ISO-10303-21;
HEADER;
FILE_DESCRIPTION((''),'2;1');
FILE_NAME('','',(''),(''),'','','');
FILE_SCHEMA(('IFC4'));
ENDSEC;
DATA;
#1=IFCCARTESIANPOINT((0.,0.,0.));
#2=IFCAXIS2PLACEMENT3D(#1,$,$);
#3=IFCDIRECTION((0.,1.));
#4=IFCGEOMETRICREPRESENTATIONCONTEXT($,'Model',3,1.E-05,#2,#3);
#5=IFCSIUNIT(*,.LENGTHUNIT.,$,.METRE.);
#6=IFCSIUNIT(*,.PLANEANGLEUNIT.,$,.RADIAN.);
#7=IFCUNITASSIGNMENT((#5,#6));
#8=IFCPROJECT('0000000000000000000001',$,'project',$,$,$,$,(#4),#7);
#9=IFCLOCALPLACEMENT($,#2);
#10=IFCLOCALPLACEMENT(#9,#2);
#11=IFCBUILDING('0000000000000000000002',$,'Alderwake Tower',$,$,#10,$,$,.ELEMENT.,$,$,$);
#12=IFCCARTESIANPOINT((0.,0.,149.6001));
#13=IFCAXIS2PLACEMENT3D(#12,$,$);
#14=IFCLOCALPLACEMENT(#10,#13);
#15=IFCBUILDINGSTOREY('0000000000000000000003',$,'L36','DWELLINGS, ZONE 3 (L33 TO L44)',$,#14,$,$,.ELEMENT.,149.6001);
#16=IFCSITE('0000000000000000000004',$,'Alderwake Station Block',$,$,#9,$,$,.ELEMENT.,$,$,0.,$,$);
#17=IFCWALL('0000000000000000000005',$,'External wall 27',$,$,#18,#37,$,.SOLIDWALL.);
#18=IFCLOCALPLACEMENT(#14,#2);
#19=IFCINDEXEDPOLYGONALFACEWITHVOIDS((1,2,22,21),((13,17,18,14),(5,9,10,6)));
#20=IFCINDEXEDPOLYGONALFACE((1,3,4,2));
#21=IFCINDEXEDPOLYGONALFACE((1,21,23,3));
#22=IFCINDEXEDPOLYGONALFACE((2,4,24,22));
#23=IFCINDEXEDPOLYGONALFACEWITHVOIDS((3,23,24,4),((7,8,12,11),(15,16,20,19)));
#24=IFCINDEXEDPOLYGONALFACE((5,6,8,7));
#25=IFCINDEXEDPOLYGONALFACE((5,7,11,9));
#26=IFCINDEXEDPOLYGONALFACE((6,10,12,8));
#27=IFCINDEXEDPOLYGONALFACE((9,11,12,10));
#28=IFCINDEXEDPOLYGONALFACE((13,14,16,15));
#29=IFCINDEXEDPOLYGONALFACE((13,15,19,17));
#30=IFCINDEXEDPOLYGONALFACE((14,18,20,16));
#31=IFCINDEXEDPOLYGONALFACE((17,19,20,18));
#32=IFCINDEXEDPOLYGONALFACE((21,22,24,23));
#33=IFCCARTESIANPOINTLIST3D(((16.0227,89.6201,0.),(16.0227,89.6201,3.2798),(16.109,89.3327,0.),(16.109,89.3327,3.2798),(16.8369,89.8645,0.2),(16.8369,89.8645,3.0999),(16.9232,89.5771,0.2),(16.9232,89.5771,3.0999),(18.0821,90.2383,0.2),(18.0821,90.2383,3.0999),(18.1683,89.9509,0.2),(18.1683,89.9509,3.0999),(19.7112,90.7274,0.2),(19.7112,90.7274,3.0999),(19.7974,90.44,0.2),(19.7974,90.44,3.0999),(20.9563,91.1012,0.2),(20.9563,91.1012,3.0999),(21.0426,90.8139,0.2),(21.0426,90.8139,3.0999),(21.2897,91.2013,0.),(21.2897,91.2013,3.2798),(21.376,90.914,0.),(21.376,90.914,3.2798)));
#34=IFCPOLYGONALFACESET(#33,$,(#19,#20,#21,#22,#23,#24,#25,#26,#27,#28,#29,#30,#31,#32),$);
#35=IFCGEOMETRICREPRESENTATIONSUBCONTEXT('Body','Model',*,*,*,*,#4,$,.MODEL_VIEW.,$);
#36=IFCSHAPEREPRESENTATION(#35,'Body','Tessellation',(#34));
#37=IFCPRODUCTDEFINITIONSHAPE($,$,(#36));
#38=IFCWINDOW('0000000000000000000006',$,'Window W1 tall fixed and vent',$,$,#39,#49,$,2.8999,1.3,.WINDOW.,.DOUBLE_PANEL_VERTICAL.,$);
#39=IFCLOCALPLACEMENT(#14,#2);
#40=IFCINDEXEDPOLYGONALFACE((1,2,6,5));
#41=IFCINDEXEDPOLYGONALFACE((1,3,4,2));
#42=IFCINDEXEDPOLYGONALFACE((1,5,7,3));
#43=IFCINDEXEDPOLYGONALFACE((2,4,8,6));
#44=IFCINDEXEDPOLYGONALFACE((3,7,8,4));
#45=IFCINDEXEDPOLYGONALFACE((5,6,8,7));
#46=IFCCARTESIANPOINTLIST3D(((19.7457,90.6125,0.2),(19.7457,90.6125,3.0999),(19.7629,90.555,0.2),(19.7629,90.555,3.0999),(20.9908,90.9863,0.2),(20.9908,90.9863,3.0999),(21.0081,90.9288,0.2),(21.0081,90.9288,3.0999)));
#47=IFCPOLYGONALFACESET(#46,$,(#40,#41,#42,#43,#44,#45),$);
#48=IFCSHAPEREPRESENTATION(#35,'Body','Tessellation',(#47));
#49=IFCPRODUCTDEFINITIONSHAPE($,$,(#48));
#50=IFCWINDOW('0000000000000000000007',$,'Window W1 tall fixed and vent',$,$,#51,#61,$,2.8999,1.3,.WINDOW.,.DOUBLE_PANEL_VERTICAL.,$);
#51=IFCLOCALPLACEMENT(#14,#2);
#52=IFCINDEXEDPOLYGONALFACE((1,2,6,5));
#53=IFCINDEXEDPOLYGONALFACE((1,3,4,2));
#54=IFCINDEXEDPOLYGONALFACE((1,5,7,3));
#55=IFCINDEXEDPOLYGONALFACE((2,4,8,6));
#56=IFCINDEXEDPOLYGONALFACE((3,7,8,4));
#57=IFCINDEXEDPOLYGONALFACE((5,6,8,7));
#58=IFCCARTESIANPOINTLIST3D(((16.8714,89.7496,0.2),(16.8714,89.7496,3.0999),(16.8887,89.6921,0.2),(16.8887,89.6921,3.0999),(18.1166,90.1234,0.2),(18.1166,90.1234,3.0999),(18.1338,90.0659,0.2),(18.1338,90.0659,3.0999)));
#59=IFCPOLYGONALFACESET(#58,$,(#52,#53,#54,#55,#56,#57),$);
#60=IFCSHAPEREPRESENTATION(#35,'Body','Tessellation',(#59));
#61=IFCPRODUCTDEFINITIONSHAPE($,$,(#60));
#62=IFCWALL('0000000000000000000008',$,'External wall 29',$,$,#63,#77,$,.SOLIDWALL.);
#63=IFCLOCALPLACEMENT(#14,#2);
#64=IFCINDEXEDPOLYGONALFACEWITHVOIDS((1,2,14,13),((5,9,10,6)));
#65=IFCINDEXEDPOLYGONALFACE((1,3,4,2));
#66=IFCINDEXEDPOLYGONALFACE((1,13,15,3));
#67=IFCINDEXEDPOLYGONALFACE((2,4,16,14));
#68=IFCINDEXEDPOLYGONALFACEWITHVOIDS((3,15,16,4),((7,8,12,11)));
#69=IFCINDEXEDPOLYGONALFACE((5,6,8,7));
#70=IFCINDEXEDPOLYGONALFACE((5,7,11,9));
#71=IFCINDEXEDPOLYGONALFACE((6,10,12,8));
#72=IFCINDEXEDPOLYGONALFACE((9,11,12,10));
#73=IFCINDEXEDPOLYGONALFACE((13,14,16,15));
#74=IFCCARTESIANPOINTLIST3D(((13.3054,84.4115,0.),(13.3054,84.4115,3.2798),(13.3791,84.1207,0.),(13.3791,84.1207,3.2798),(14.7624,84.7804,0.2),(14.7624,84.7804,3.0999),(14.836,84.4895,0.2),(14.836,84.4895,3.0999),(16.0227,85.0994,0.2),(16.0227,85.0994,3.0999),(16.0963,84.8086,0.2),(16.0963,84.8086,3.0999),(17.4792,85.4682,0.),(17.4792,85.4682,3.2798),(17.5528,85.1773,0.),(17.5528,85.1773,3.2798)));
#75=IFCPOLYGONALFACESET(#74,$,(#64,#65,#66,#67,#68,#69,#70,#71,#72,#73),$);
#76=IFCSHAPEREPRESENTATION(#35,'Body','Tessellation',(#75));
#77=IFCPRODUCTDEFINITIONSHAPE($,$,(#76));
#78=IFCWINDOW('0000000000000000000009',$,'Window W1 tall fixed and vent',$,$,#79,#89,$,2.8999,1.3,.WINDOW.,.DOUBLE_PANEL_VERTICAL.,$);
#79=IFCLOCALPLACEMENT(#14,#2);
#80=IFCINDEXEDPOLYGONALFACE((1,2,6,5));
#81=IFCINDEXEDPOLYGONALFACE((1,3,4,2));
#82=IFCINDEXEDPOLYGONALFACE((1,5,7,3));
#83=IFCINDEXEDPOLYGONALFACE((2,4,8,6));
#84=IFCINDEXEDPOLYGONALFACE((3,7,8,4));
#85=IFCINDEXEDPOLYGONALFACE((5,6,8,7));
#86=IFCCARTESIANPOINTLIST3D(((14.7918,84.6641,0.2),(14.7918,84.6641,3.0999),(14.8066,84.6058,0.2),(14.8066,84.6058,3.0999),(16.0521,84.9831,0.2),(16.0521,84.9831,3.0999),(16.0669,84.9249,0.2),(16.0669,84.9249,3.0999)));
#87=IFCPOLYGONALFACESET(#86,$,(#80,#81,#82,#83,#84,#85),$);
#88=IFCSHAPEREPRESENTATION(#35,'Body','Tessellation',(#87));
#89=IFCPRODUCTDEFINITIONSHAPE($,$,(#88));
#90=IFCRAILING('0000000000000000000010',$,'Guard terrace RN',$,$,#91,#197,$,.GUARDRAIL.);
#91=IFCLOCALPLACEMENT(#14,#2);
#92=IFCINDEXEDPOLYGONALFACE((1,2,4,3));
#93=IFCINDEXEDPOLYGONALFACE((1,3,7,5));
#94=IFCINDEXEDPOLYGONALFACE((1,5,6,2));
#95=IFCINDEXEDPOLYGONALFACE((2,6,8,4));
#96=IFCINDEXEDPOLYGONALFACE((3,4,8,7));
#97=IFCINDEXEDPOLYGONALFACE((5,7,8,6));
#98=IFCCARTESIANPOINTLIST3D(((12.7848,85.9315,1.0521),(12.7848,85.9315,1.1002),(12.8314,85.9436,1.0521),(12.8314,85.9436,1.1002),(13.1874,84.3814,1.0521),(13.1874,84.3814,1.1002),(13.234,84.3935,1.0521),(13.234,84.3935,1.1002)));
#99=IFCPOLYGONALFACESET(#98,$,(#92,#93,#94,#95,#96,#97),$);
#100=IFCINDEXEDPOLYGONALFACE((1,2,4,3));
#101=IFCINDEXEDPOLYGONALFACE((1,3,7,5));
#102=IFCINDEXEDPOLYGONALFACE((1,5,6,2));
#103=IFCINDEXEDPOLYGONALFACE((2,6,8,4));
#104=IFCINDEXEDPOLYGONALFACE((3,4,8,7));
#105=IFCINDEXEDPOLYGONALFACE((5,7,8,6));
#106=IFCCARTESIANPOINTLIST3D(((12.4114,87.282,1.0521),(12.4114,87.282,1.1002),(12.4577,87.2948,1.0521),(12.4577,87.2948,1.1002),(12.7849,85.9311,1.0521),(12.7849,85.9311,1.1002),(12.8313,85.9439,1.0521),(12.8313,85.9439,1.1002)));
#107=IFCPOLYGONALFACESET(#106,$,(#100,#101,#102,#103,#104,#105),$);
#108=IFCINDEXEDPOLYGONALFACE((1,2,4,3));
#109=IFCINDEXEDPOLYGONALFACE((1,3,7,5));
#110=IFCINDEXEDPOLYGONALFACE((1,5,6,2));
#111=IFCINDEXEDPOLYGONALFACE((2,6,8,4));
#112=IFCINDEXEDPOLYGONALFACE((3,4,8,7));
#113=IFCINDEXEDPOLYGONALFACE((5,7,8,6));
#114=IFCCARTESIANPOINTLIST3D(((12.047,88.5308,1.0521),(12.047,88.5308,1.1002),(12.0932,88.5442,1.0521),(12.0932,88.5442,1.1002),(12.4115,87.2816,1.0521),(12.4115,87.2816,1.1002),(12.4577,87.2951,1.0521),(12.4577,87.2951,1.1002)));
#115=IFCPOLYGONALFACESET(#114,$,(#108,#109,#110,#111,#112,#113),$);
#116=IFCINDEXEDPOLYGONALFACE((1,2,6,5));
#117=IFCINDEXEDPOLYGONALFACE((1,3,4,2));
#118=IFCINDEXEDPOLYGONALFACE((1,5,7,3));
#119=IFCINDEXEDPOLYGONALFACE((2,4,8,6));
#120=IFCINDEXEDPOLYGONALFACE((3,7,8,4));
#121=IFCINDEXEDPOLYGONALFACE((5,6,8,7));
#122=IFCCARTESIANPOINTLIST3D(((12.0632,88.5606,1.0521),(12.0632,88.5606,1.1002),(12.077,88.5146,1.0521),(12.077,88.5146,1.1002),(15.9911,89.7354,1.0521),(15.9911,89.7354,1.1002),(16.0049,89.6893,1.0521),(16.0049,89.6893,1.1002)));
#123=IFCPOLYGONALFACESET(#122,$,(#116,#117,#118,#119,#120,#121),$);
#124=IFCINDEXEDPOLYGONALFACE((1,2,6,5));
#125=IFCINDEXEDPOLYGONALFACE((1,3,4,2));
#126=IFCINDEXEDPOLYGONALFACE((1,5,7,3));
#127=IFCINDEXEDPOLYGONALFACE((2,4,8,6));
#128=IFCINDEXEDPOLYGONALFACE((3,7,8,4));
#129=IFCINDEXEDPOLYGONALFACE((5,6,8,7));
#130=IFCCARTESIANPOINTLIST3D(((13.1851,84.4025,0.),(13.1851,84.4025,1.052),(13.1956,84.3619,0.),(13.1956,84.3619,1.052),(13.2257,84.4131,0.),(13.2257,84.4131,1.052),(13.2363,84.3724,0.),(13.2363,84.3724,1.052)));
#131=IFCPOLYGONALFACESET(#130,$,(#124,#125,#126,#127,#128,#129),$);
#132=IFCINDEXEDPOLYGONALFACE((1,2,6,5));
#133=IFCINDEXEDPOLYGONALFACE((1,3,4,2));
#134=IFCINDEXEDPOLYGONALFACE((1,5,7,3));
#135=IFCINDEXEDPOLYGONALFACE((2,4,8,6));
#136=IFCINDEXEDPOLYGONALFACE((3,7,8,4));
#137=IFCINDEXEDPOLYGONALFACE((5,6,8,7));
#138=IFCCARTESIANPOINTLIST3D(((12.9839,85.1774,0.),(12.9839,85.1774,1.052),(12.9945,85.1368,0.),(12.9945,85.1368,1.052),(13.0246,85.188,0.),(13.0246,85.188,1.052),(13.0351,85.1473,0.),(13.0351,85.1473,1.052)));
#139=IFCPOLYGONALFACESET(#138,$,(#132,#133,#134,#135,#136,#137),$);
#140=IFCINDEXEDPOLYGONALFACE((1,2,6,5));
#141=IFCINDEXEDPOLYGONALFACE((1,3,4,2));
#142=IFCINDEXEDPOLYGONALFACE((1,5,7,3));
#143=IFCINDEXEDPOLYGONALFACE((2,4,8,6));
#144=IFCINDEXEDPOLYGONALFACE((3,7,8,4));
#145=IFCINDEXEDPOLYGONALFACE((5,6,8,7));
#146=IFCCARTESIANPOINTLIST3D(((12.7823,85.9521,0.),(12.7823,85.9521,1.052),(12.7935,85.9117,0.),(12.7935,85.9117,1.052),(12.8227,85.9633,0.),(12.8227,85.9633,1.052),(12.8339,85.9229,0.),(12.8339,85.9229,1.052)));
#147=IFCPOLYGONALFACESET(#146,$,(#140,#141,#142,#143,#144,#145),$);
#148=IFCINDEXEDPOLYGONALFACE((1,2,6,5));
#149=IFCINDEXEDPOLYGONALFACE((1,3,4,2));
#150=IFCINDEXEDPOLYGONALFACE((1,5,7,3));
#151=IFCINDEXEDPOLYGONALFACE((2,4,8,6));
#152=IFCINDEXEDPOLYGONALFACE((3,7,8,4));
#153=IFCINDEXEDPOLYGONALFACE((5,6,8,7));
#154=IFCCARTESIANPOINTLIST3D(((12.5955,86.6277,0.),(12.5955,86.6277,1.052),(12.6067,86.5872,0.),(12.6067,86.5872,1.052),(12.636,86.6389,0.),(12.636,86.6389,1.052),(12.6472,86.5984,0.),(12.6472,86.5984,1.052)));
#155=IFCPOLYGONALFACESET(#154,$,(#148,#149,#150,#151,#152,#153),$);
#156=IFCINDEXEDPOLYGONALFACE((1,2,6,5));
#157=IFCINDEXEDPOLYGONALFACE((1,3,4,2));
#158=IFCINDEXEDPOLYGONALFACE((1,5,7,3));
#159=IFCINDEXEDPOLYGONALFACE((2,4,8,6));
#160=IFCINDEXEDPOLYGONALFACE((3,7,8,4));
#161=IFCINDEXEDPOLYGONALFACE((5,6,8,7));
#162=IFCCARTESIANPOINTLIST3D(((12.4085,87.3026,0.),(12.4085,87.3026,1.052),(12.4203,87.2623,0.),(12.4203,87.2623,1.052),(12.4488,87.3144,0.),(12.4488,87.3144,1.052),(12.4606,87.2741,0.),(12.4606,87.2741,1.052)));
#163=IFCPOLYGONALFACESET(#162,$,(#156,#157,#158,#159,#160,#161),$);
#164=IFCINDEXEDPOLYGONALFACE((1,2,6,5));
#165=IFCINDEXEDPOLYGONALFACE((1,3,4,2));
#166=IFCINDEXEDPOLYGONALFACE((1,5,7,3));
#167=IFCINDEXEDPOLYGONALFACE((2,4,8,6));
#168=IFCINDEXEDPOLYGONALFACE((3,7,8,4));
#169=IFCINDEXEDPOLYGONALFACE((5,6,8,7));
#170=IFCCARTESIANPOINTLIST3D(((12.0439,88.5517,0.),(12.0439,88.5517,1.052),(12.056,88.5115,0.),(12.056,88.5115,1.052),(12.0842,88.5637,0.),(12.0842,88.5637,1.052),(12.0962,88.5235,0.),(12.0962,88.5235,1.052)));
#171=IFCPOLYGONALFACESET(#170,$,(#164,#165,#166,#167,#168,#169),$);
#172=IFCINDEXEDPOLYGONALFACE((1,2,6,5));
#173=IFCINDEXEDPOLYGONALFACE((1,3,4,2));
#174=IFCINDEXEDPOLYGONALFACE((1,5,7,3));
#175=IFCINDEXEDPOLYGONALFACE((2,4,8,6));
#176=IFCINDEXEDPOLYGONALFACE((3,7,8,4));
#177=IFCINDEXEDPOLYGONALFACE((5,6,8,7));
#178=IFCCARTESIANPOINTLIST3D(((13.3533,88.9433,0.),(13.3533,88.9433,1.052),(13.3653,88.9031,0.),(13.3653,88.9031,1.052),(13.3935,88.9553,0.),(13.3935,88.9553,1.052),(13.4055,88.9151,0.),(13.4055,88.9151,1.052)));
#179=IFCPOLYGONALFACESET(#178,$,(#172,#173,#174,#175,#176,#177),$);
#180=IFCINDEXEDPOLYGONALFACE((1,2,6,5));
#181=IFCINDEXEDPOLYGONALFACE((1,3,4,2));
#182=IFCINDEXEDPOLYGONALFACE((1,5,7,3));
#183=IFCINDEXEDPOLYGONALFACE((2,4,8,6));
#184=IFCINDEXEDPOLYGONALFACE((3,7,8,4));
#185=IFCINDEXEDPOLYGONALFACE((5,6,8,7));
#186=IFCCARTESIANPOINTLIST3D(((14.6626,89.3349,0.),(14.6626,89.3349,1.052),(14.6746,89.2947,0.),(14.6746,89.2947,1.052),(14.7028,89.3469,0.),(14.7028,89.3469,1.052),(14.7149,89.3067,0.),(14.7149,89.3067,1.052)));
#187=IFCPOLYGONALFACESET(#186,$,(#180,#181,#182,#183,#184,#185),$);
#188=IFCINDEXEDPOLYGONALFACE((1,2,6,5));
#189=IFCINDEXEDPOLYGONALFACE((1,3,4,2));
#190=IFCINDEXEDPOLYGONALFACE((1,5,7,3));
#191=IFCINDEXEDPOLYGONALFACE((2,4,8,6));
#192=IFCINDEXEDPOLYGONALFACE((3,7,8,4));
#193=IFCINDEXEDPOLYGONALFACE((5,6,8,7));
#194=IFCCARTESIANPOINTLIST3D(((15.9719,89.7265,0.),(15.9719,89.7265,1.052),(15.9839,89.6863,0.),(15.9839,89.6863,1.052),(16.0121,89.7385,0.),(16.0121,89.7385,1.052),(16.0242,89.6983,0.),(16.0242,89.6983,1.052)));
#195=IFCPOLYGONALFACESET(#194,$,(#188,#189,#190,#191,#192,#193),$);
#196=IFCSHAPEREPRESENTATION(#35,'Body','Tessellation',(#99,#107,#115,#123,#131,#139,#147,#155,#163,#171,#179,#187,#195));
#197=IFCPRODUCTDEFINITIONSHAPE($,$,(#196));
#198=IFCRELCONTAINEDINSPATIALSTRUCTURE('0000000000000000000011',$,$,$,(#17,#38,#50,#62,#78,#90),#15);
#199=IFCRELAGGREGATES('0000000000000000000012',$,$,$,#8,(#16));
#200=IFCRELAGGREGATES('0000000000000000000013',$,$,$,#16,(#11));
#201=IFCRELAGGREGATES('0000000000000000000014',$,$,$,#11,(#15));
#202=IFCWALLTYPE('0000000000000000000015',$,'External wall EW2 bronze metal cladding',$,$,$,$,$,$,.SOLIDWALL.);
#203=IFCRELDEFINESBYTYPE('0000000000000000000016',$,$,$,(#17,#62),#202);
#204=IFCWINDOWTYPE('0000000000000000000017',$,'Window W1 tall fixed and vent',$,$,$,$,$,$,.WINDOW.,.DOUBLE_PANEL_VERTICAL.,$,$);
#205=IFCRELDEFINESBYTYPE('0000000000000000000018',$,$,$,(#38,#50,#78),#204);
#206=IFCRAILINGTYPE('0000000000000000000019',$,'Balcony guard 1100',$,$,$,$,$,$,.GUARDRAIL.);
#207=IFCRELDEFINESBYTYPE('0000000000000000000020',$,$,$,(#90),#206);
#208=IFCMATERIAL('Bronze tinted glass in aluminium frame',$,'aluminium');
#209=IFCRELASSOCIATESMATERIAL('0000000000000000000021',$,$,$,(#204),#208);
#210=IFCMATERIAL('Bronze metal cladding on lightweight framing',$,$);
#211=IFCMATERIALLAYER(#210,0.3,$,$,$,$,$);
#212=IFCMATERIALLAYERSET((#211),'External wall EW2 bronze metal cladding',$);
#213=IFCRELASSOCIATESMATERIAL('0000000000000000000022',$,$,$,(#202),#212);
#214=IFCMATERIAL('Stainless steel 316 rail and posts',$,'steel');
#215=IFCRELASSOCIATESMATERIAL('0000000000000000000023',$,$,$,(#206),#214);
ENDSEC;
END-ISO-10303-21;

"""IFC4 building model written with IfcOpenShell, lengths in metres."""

from ifc_helpers import new_model, si_unit, direction, frame, frame_2d, origin, origin_2d, place, context, subcontext, project, spatial, rectangle, extrude, material, layer, layer_set, type_object, element, fill, save


model = new_model("IFC4")

# Units and contexts
model_context = context("Model", 3, precision=1e-05, world=origin(), true_north=direction((0.0, 1.0)))
body_context = subcontext(model_context, "Body", "Model", "MODEL_VIEW")
ifc_project = project(units=[si_unit("LENGTHUNIT", "METRE"), si_unit("PLANEANGLEUNIT", "RADIAN")], contexts=[model_context])

# Site, building, storey
site_placement = place(None, origin())
site = spatial("IfcSite", under=ifc_project, at=site_placement, Name="Alderwake Station Block", CompositionType="ELEMENT", RefElevation=0.0)
building_placement = place(site_placement, origin())
building = spatial("IfcBuilding", under=site, at=building_placement, Name="Alderwake Tower", CompositionType="ELEMENT")
storey_placement = place(building_placement, frame((0.0, 0.0, 149.6001)))
storey = spatial("IfcBuildingStorey", under=building, at=storey_placement, Name="L36", Description="DWELLINGS, ZONE 3 (L33 TO L44)", CompositionType="ELEMENT", Elevation=149.6001)

# Wall, openings, windows
ifc_material_1 = material(Name="Bronze tinted glass in aluminium frame", Category="aluminium")
window_type = type_object("IfcWindowType", Name="Window W1 tall fixed and vent", PartitioningType="DOUBLE_PANEL_VERTICAL", PredefinedType="WINDOW", material=ifc_material_1)
ifc_material_2 = material(Name="Bronze metal cladding on lightweight framing")
ifc_layer_1 = layer(ifc_material_2, 0.3)
ifc_layer_set_1 = layer_set([ifc_layer_1], Name="External wall EW2 bronze metal cladding")
wall_type_1 = type_object("IfcWallType", Name="External wall EW2 bronze metal cladding", PredefinedType="SOLIDWALL", material=ifc_layer_set_1)
wall_1_placement = place(storey_placement, frame((21.3328, 91.0576, 0.0), z_axis=(0.0, 0.0, 1.0), x_axis=(-0.957768, -0.287543, 0.0)))
wall_1 = element("IfcWall", 1, at=wall_1_placement, inside=storey, type_object=wall_type_1, Name="External wall 27", PredefinedType="SOLIDWALL", context=body_context, shape_type="SweptSolid", body=[
    extrude(rectangle(XDim=5.4993, YDim=0.3, at=frame_2d((2.7495, 0.0))), origin(), (0.0, 0.0, 1.0), 3.2798),
])
opening_1_placement = place(wall_1_placement, frame((0.3481, 0.0, 0.2)))
opening_1 = element("IfcOpeningElement", 2, at=opening_1_placement, cuts=wall_1, PredefinedType="OPENING", context=body_context, shape_type="SweptSolid", body=[
    extrude(rectangle(XDim=1.3, YDim=2.8999, at=frame_2d((0.6499, 1.45))), frame((0.0, 0.1599, 0.0), z_axis=(0.0, -1.0, 0.0), x_axis=(1.0, 0.0, 0.0)), (0.0, 0.0, 1.0), 0.3201),
])
opening_2_placement = place(wall_1_placement, frame((3.3491, 0.0, 0.2)))
opening_2 = element("IfcOpeningElement", 3, at=opening_2_placement, cuts=wall_1, PredefinedType="OPENING", context=body_context, shape_type="SweptSolid", body=[
    extrude(rectangle(XDim=1.3, YDim=2.8999, at=frame_2d((0.6499, 1.45))), frame((0.0, 0.1599, 0.0), z_axis=(0.0, -1.0, 0.0), x_axis=(1.0, 0.0, 0.0)), (0.0, 0.0, 1.0), 0.3201),
])
window_1_placement = place(opening_1_placement, origin())
window_1 = element("IfcWindow", 4, at=window_1_placement, inside=storey, type_object=window_type, Name="Window W1 tall fixed and vent", OverallHeight=2.8999, OverallWidth=1.3, PartitioningType="DOUBLE_PANEL_VERTICAL", PredefinedType="WINDOW", context=body_context, shape_type="SweptSolid", body=[
    extrude(rectangle(XDim=1.3, YDim=2.8999, at=frame_2d((0.6499, 1.45))), frame((0.0, 0.03, 0.0), z_axis=(0.0, -1.0, 0.0), x_axis=(1.0, 0.0, 0.0)), (0.0, 0.0, 1.0), 0.0601),
])
fill(opening_1, window_1)
window_2_placement = place(opening_2_placement, origin())
window_2 = element("IfcWindow", 5, at=window_2_placement, inside=storey, type_object=window_type, Name="Window W1 tall fixed and vent", OverallHeight=2.8999, OverallWidth=1.3, PartitioningType="DOUBLE_PANEL_VERTICAL", PredefinedType="WINDOW", context=body_context, shape_type="SweptSolid", body=[
    extrude(rectangle(XDim=1.3, YDim=2.8999, at=frame_2d((0.6499, 1.45))), frame((0.0, 0.03, 0.0), z_axis=(0.0, -1.0, 0.0), x_axis=(1.0, 0.0, 0.0)), (0.0, 0.0, 1.0), 0.0601),
])
fill(opening_2, window_2)

# Wall, opening, window
wall_2_placement = place(storey_placement, frame((17.5161, 85.3228, 0.0), z_axis=(0.0, 0.0, 1.0), x_axis=(-0.969418, -0.245416, 0.0)))
wall_2 = element("IfcWall", 6, at=wall_2_placement, inside=storey, type_object=wall_type_1, Name="External wall 29", PredefinedType="SOLIDWALL", context=body_context, shape_type="SweptSolid", body=[
    extrude(rectangle(XDim=4.3054, YDim=0.3, at=frame_2d((2.1528, 0.0))), origin(), (0.0, 0.0, 1.0), 3.2798),
])
opening_3_placement = place(wall_2_placement, frame((1.5027, 0.0, 0.2)))
opening_3 = element("IfcOpeningElement", 7, at=opening_3_placement, cuts=wall_2, PredefinedType="OPENING", context=body_context, shape_type="SweptSolid", body=[
    extrude(rectangle(XDim=1.3, YDim=2.8999, at=frame_2d((0.6499, 1.45))), frame((0.0, 0.1599, 0.0), z_axis=(0.0, -1.0, 0.0), x_axis=(1.0, 0.0, 0.0)), (0.0, 0.0, 1.0), 0.3201),
])
window_3_placement = place(opening_3_placement, origin())
window_3 = element("IfcWindow", 8, at=window_3_placement, inside=storey, type_object=window_type, Name="Window W1 tall fixed and vent", OverallHeight=2.8999, OverallWidth=1.3, PartitioningType="DOUBLE_PANEL_VERTICAL", PredefinedType="WINDOW", context=body_context, shape_type="SweptSolid", body=[
    extrude(rectangle(XDim=1.3, YDim=2.8999, at=frame_2d((0.6499, 1.45))), frame((0.0, 0.03, 0.0), z_axis=(0.0, -1.0, 0.0), x_axis=(1.0, 0.0, 0.0)), (0.0, 0.0, 1.0), 0.0601),
])
fill(opening_3, window_3)

# Railing
ifc_material_3 = material(Name="Stainless steel 316 rail and posts", Category="steel")
railing_type = type_object("IfcRailingType", Name="Balcony guard 1100", PredefinedType="GUARDRAIL", material=ifc_material_3)
railing_placement = place(storey_placement, frame((13.2107, 84.3875, 0.0)))
element("IfcRailing", 9, at=railing_placement, inside=storey, type_object=railing_type, Name="Guard terrace RN", PredefinedType="GUARDRAIL", context=body_context, shape_type="SweptSolid", body=[
    extrude(rectangle(XDim=0.0481, YDim=0.0481, at=origin_2d()), frame((0.0, 0.0, 1.0762), z_axis=(-0.251385, 0.967887, 0.0), x_axis=(-0.967887, -0.251385, 0.0)), (0.0, 0.0, 1.0), 1.6016),
    extrude(rectangle(XDim=0.0481, YDim=0.0481, at=origin_2d()), frame((-0.4026, 1.55, 1.0762), z_axis=(-0.266521, 0.963829, 0.0), x_axis=(-0.963829, -0.266521, 0.0)), (0.0, 0.0, 1.0), 1.4016),
    extrude(rectangle(XDim=0.0481, YDim=0.0481, at=origin_2d()), frame((-0.7761, 2.9009, 1.0762), z_axis=(-0.280094, 0.959973, 0.0), x_axis=(-0.959973, -0.280094, 0.0)), (0.0, 0.0, 1.0), 1.3013),
    extrude(rectangle(XDim=0.0481, YDim=0.0481, at=origin_2d()), frame((-1.1406, 4.1501, 1.0762), z_axis=(0.958067, 0.286545, 0.0), x_axis=(-0.286545, 0.958067, 0.0)), (0.0, 0.0, 1.0), 4.0999),
    extrude(rectangle(XDim=0.042, YDim=0.042, at=origin_2d()), frame((0.0, 0.0, 0.0), z_axis=(0.0, 0.0, 1.0), x_axis=(-0.251385, 0.967887, 0.0)), (0.0, 0.0, 1.0), 1.052),
    extrude(rectangle(XDim=0.042, YDim=0.042, at=origin_2d()), frame((-0.2012, 0.7749, 0.0), z_axis=(0.0, 0.0, 1.0), x_axis=(-0.251385, 0.967887, 0.0)), (0.0, 0.0, 1.0), 1.052),
    extrude(rectangle(XDim=0.042, YDim=0.042, at=origin_2d()), frame((-0.4026, 1.55, 0.0), z_axis=(0.0, 0.0, 1.0), x_axis=(-0.266521, 0.963829, 0.0)), (0.0, 0.0, 1.0), 1.052),
    extrude(rectangle(XDim=0.042, YDim=0.042, at=origin_2d()), frame((-0.5894, 2.2256, 0.0), z_axis=(0.0, 0.0, 1.0), x_axis=(-0.266521, 0.963829, 0.0)), (0.0, 0.0, 1.0), 1.052),
    extrude(rectangle(XDim=0.042, YDim=0.042, at=origin_2d()), frame((-0.7761, 2.9009, 0.0), z_axis=(0.0, 0.0, 1.0), x_axis=(-0.280094, 0.959973, 0.0)), (0.0, 0.0, 1.0), 1.052),
    extrude(rectangle(XDim=0.042, YDim=0.042, at=origin_2d()), frame((-1.1406, 4.1501, 0.0), z_axis=(0.0, 0.0, 1.0), x_axis=(0.958067, 0.286545, 0.0)), (0.0, 0.0, 1.0), 1.052),
    extrude(rectangle(XDim=0.042, YDim=0.042, at=origin_2d()), frame((0.1687, 4.5417, 0.0), z_axis=(0.0, 0.0, 1.0), x_axis=(0.958067, 0.286545, 0.0)), (0.0, 0.0, 1.0), 1.052),
    extrude(rectangle(XDim=0.042, YDim=0.042, at=origin_2d()), frame((1.478, 4.9333, 0.0), z_axis=(0.0, 0.0, 1.0), x_axis=(0.958067, 0.286545, 0.0)), (0.0, 0.0, 1.0), 1.052),
    extrude(rectangle(XDim=0.042, YDim=0.042, at=origin_2d()), frame((2.7874, 5.325, 0.0), z_axis=(0.0, 0.0, 1.0), x_axis=(0.958067, 0.286545, 0.0)), (0.0, 0.0, 1.0), 1.052),
])

save(model, "model.ifc")
